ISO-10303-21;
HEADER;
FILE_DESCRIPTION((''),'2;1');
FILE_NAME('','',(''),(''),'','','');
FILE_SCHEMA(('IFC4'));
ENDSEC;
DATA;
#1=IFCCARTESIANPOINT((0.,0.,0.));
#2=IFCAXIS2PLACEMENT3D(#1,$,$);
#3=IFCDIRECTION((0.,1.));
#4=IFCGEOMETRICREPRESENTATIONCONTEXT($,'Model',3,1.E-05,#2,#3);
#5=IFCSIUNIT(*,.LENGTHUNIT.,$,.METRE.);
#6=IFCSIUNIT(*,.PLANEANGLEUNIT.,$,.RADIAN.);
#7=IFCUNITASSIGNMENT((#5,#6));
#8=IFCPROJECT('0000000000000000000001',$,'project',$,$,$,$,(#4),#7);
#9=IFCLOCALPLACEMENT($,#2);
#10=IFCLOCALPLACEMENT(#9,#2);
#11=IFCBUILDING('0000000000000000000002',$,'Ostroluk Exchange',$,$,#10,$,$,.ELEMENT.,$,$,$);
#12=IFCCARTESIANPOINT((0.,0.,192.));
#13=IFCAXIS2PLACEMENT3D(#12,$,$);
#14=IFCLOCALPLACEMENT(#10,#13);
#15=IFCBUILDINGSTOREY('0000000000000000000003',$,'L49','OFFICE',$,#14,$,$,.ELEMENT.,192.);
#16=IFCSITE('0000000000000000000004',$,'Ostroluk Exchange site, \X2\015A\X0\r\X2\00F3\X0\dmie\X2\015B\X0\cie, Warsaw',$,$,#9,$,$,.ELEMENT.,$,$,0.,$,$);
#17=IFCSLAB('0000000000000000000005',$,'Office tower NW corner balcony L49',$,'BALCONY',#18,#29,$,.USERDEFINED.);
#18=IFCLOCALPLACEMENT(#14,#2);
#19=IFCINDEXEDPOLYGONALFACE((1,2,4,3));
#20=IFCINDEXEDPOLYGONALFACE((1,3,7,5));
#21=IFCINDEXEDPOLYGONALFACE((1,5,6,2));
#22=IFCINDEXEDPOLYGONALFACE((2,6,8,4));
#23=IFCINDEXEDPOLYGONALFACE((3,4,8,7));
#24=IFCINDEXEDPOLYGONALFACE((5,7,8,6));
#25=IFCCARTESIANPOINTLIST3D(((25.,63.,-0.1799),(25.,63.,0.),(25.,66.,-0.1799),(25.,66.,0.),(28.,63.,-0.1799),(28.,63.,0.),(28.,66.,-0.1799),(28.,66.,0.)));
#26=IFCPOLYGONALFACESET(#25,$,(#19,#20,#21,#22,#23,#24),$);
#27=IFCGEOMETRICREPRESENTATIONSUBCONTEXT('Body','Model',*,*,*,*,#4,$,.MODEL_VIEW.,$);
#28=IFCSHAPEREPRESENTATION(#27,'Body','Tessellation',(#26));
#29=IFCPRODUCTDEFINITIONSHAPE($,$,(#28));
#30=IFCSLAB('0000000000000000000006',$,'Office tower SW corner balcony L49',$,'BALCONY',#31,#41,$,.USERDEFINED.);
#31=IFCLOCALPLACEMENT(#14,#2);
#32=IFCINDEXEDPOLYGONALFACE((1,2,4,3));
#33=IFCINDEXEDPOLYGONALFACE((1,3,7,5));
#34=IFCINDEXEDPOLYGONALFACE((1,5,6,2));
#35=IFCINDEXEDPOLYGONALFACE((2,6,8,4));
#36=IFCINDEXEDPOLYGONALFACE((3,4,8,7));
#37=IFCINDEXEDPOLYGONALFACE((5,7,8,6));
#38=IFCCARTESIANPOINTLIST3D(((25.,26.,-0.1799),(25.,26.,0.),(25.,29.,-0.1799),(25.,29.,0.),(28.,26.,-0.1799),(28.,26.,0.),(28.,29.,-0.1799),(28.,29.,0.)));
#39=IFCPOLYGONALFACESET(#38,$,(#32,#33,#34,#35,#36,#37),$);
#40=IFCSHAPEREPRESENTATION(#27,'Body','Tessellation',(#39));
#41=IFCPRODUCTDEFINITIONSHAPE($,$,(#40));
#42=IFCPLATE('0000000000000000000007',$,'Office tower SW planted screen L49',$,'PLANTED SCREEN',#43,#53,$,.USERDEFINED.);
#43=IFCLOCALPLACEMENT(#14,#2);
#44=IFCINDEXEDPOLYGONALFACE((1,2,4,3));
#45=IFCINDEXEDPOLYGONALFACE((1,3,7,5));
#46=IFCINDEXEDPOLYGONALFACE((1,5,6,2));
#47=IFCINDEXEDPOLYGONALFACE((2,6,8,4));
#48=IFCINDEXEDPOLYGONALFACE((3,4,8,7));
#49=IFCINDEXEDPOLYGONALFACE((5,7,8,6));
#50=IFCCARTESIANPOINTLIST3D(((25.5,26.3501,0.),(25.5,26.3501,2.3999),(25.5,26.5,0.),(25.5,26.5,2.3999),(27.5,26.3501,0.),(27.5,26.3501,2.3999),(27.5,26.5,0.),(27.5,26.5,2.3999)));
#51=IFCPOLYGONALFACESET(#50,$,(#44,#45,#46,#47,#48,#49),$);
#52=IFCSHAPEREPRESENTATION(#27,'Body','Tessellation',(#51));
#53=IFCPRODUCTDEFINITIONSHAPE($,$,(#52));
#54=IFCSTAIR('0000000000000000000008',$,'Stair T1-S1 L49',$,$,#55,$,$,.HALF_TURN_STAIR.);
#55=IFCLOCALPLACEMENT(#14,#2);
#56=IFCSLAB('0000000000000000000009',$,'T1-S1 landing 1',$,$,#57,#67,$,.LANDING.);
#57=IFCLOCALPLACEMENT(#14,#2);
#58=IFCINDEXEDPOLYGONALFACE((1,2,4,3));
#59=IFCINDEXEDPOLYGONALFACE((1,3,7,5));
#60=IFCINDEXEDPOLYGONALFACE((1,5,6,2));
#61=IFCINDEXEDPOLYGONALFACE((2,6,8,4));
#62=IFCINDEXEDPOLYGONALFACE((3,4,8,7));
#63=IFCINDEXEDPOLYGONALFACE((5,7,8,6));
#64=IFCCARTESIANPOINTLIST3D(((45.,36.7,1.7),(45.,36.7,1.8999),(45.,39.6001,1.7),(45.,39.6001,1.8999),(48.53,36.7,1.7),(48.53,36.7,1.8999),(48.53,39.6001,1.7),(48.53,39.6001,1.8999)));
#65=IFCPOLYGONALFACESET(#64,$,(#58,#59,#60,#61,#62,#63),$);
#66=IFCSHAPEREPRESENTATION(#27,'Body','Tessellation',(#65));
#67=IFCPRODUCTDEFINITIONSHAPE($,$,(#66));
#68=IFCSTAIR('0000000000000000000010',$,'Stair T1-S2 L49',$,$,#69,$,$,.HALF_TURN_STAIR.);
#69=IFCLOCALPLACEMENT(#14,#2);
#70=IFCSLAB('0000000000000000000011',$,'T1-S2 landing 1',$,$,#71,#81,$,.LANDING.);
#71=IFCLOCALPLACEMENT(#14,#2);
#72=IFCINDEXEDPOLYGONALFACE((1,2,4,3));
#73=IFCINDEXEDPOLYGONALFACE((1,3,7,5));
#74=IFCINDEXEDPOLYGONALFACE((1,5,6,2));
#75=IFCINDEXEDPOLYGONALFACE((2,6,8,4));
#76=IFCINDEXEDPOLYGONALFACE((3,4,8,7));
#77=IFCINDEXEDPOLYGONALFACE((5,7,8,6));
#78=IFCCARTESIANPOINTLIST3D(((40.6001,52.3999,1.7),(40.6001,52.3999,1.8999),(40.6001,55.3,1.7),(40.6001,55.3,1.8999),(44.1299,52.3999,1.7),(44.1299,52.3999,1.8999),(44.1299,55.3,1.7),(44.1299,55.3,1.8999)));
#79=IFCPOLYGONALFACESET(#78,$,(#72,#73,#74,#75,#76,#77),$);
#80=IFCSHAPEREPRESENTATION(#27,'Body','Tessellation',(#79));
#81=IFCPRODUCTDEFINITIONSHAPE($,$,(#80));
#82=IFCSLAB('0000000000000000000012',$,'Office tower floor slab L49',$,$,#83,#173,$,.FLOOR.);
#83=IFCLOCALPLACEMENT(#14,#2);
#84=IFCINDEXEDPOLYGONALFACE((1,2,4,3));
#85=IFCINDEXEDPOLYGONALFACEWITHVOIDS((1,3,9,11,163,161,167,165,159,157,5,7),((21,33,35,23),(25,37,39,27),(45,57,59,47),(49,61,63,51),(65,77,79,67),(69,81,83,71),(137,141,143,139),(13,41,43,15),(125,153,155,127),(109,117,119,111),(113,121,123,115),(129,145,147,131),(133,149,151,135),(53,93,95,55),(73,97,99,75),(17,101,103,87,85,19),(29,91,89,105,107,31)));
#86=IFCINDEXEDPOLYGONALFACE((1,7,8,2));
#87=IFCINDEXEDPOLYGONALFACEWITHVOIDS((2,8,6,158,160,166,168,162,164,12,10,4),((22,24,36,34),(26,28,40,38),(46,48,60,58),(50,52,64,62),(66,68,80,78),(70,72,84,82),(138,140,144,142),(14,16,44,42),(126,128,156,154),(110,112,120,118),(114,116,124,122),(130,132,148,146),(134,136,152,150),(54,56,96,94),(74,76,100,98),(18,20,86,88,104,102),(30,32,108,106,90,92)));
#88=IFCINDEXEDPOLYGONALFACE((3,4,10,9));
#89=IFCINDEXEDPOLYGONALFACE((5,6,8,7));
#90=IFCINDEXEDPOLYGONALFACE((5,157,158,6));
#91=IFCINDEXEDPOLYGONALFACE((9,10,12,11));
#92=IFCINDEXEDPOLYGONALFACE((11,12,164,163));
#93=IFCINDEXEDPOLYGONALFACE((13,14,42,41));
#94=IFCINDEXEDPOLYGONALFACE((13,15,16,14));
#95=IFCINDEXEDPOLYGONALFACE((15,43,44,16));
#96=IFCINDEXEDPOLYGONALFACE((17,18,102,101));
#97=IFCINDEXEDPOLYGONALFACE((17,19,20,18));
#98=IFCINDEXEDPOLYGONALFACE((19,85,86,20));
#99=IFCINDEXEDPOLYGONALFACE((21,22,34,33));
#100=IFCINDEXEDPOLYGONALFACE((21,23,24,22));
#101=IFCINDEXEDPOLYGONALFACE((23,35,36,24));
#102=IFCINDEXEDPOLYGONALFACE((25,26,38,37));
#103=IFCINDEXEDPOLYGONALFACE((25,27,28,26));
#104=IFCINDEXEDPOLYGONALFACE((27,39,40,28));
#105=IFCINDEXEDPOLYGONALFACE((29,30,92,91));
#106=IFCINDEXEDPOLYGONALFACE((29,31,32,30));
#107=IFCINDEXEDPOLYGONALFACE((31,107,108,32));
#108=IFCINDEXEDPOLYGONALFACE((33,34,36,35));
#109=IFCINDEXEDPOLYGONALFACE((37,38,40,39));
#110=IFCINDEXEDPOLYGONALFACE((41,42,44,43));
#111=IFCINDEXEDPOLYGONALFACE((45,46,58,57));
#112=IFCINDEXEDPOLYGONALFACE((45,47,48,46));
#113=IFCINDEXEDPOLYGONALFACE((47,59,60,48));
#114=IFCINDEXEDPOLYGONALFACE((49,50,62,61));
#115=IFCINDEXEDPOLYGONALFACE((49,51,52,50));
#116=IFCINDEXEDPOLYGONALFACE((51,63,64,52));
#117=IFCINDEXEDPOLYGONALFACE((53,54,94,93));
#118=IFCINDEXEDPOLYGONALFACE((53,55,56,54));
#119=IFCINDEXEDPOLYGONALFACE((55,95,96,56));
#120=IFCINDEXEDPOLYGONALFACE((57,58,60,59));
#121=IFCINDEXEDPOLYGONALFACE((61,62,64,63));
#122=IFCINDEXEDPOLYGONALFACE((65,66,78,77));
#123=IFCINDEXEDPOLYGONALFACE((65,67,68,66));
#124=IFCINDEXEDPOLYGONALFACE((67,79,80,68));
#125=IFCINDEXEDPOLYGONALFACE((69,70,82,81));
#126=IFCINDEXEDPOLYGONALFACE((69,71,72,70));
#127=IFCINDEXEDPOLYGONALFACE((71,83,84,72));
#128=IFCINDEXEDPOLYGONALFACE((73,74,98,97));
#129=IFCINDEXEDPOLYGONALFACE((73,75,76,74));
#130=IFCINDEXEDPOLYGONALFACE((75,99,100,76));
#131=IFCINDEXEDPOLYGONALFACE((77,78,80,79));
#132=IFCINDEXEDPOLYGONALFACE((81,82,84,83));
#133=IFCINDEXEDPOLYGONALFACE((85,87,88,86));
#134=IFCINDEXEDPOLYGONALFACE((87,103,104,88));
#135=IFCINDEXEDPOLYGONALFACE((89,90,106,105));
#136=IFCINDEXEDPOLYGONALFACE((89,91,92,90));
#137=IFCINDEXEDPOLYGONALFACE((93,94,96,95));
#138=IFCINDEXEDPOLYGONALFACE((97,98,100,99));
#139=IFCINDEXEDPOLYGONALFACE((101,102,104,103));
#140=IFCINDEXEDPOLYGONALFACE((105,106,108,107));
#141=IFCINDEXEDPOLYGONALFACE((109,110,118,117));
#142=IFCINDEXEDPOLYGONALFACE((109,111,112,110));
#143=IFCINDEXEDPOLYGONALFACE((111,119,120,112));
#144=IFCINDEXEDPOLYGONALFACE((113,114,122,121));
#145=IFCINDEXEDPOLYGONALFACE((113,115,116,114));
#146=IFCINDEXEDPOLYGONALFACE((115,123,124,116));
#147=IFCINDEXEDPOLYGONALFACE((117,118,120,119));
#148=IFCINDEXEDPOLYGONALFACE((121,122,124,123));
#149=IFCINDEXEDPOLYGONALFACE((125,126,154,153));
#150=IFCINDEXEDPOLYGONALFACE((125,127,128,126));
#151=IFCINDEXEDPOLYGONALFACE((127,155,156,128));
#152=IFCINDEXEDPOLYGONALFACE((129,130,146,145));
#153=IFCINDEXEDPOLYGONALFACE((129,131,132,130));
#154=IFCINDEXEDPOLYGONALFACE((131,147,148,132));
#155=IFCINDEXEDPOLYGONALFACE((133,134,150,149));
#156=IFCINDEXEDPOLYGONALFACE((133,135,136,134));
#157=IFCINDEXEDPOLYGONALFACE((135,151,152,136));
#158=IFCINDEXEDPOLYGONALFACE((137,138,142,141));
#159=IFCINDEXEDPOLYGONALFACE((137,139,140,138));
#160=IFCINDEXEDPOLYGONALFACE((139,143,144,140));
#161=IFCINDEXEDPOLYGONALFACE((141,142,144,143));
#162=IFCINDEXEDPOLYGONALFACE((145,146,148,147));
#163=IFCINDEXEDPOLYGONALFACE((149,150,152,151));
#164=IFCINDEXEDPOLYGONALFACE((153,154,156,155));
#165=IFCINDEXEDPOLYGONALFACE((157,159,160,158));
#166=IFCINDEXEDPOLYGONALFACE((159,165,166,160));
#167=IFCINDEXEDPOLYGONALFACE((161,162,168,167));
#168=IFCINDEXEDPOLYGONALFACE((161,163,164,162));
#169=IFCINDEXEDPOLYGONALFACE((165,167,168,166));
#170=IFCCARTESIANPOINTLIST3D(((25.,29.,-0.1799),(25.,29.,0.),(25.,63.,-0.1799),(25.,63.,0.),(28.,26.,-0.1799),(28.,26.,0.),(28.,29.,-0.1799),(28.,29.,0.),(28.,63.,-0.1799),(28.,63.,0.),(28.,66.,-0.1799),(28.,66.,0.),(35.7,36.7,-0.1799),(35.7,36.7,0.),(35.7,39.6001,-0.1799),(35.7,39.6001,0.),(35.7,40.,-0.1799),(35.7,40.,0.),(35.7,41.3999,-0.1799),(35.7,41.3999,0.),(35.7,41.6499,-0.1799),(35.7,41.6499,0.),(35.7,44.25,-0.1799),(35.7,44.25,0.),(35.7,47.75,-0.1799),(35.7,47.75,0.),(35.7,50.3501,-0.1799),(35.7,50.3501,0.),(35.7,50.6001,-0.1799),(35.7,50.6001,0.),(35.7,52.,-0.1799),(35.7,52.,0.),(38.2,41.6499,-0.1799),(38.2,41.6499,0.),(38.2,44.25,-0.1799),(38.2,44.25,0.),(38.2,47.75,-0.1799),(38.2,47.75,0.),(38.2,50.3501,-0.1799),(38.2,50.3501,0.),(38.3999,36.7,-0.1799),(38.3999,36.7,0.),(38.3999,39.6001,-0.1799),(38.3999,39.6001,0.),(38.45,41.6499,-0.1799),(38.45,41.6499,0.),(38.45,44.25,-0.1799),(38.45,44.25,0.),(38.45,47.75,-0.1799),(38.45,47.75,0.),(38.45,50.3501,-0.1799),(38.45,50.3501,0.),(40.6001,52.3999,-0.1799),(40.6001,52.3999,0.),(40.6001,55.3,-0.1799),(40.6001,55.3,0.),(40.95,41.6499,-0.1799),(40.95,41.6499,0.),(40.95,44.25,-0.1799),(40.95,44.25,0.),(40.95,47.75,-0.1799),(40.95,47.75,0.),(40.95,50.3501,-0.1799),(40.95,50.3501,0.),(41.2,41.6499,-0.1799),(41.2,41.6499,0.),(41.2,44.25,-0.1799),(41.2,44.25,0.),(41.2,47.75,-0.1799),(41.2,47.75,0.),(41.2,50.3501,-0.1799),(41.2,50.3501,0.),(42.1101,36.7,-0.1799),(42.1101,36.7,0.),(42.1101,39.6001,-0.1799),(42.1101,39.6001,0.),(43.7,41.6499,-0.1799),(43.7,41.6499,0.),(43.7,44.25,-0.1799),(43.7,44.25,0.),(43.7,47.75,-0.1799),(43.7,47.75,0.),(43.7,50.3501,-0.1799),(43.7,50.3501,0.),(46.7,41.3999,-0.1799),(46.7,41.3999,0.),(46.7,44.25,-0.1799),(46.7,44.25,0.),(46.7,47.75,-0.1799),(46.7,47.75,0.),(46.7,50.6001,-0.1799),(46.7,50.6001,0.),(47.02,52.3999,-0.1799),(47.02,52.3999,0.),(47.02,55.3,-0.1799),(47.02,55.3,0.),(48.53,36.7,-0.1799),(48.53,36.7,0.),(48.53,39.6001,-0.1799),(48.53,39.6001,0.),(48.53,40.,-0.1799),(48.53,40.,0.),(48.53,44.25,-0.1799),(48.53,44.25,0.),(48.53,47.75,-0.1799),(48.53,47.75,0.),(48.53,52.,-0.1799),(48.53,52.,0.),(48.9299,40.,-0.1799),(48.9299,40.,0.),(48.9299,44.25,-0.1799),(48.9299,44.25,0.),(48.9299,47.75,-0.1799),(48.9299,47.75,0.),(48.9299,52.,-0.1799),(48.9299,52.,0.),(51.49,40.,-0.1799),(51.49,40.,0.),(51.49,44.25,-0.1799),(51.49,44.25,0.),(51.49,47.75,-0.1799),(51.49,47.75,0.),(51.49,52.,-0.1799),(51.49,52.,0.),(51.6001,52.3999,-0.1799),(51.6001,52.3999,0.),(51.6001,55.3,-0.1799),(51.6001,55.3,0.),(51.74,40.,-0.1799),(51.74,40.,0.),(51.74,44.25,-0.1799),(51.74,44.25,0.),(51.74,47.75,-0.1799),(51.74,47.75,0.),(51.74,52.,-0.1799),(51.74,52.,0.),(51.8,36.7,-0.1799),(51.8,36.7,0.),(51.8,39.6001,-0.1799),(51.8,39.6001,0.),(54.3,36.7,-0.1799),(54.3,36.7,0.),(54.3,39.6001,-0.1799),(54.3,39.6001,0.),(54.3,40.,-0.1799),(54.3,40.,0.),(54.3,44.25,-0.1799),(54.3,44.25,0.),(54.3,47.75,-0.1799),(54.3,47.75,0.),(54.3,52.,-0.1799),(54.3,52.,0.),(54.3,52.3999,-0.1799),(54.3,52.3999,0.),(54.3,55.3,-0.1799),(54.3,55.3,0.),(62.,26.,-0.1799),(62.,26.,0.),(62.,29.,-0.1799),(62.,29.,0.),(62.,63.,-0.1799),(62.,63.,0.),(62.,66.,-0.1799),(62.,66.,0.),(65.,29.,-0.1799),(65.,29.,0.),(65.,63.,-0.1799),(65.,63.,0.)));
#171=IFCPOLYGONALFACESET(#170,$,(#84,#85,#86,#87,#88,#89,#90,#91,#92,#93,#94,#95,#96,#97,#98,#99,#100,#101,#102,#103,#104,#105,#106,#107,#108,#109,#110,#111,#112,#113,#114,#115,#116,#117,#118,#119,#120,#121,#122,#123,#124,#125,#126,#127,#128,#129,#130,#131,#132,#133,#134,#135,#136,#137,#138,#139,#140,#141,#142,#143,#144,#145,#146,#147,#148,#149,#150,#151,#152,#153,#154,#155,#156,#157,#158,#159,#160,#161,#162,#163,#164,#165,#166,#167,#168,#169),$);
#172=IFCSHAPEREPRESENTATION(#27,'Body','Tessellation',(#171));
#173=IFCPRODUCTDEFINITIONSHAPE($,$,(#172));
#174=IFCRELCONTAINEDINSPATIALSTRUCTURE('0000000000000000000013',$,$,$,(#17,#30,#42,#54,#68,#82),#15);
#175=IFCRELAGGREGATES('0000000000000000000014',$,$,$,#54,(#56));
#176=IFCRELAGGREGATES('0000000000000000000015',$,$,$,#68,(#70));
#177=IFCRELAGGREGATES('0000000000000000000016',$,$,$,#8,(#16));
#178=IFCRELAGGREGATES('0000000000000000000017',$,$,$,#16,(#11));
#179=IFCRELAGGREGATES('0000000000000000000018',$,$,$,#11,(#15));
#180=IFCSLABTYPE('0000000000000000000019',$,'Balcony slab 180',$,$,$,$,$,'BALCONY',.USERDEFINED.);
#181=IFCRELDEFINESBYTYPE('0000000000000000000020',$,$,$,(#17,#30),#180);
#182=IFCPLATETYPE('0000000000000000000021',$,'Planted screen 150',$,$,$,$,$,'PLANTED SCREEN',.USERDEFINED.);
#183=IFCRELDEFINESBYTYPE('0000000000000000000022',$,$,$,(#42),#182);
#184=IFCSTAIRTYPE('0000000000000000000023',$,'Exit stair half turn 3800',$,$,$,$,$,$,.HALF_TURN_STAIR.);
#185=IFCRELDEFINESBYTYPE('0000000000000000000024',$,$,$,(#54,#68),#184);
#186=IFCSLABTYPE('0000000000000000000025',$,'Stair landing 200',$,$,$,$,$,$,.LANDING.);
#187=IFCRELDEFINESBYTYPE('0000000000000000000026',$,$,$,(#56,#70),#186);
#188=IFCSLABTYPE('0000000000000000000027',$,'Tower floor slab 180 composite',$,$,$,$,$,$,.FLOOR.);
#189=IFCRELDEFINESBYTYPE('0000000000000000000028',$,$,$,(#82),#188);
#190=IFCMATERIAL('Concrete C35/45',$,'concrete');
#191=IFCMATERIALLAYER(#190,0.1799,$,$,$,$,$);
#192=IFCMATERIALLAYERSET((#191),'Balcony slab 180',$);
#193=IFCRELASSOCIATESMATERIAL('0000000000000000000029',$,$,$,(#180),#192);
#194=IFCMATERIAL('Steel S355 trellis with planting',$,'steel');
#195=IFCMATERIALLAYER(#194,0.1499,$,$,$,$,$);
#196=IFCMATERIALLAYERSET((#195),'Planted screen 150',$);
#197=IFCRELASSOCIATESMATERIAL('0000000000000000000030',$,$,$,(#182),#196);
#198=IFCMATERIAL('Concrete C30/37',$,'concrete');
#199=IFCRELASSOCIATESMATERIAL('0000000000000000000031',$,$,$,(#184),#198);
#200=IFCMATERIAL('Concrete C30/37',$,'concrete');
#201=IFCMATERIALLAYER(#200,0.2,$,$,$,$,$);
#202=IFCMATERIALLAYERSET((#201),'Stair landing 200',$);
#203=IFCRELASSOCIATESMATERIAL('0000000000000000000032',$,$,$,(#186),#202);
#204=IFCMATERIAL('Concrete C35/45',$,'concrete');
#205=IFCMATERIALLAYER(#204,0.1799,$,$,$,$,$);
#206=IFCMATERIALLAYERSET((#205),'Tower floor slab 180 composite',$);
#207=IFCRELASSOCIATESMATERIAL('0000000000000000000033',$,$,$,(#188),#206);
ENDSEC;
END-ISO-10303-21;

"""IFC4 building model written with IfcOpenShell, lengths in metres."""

from ifc_helpers import new_model, si_unit, direction, frame, origin, origin_2d, place, context, subcontext, project, spatial, polyline, rectangle, outline, extrude, material, layer, layer_set, type_object, element, aggregate, save


model = new_model("IFC4")

# Units and contexts
model_context = context("Model", 3, precision=1e-05, world=origin(), true_north=direction((0.0, 1.0)))
body_context = subcontext(model_context, "Body", "Model", "MODEL_VIEW")
ifc_project = project(units=[si_unit("LENGTHUNIT", "METRE"), si_unit("PLANEANGLEUNIT", "RADIAN")], contexts=[model_context])

# Site, building, storey
site_placement = place(None, origin())
site = spatial("IfcSite", under=ifc_project, at=site_placement, Name="Ostroluk Exchange site, Śródmieście, Warsaw", CompositionType="ELEMENT", RefElevation=0.0)
building_placement = place(site_placement, origin())
building = spatial("IfcBuilding", under=site, at=building_placement, Name="Ostroluk Exchange", CompositionType="ELEMENT")
storey_placement = place(building_placement, frame((0.0, 0.0, 192.0)))
storey = spatial("IfcBuildingStorey", under=building, at=storey_placement, Name="L49", Description="OFFICE", CompositionType="ELEMENT", Elevation=192.0)

# Slabs
ifc_material_1 = material(Name="Concrete C35/45", Category="concrete")
ifc_layer_1 = layer(ifc_material_1, 0.1799)
ifc_layer_set_1 = layer_set([ifc_layer_1], Name="Balcony slab 180")
slab_type_1 = type_object("IfcSlabType", Name="Balcony slab 180", ElementType="BALCONY", PredefinedType="USERDEFINED", material=ifc_layer_set_1)
slab_1_placement = place(storey_placement, frame((0.0, 0.0, -0.1799)))
element("IfcSlab", 1, at=slab_1_placement, inside=storey, type_object=slab_type_1, Name="Office tower NW corner balcony L49", ObjectType="BALCONY", PredefinedType="USERDEFINED", context=body_context, shape_type="SweptSolid", body=[
    extrude(outline(polyline([(25.0, 63.0), (28.0, 63.0), (28.0, 66.0), (25.0, 66.0), (25.0, 63.0)])), origin(), (0.0, 0.0, 1.0), 0.1799),
])
slab_2_placement = place(storey_placement, frame((0.0, 0.0, -0.1799)))
element("IfcSlab", 2, at=slab_2_placement, inside=storey, type_object=slab_type_1, Name="Office tower SW corner balcony L49", ObjectType="BALCONY", PredefinedType="USERDEFINED", context=body_context, shape_type="SweptSolid", body=[
    extrude(outline(polyline([(25.0, 26.0), (28.0, 26.0), (28.0, 29.0), (25.0, 29.0), (25.0, 26.0)])), origin(), (0.0, 0.0, 1.0), 0.1799),
])

# Plate
ifc_material_2 = material(Name="Steel S355 trellis with planting", Category="steel")
ifc_layer_2 = layer(ifc_material_2, 0.1499)
ifc_layer_set_2 = layer_set([ifc_layer_2], Name="Planted screen 150")
plate_type_1 = type_object("IfcPlateType", Name="Planted screen 150", ElementType="PLANTED SCREEN", PredefinedType="USERDEFINED", material=ifc_layer_set_2)
plate_1_placement = place(storey_placement, frame((26.5, 26.425, 0.0), z_axis=(0.0, 0.0, 1.0), x_axis=(1.0, 0.0, 0.0)))
element("IfcPlate", 3, at=plate_1_placement, inside=storey, type_object=plate_type_1, Name="Office tower SW planted screen L49", ObjectType="PLANTED SCREEN", PredefinedType="USERDEFINED", context=body_context, shape_type="SweptSolid", body=[
    extrude(rectangle(XDim=2.0, YDim=0.1499, at=origin_2d()), origin(), (0.0, 0.0, 1.0), 2.3999),
])

# Stairs, slabs
ifc_material_3 = material(Name="Concrete C30/37", Category="concrete")
stair_type = type_object("IfcStairType", Name="Exit stair half turn 3800", PredefinedType="HALF_TURN_STAIR", material=ifc_material_3)
stair_1_placement = place(storey_placement, origin())
stair_1 = element("IfcStair", 4, at=stair_1_placement, inside=storey, type_object=stair_type, Name="Stair T1-S1 L49", PredefinedType="HALF_TURN_STAIR")
ifc_material_4 = material(Name="Concrete C30/37", Category="concrete")
ifc_layer_3 = layer(ifc_material_4, 0.2)
ifc_layer_set_3 = layer_set([ifc_layer_3], Name="Stair landing 200")
slab_type_2 = type_object("IfcSlabType", Name="Stair landing 200", PredefinedType="LANDING", material=ifc_layer_set_3)
slab_3_placement = place(storey_placement, frame((0.0, 0.0, 1.7)))
slab_3 = element("IfcSlab", 5, at=slab_3_placement, type_object=slab_type_2, Name="T1-S1 landing 1", PredefinedType="LANDING", context=body_context, shape_type="SweptSolid", body=[
    extrude(outline(polyline([(45.0, 36.7), (45.0, 39.6001), (48.53, 39.6001), (48.53, 36.7), (45.0, 36.7)])), origin(), (0.0, 0.0, 1.0), 0.2),
])
aggregate(stair_1, [slab_3])
stair_2_placement = place(storey_placement, origin())
stair_2 = element("IfcStair", 6, at=stair_2_placement, inside=storey, type_object=stair_type, Name="Stair T1-S2 L49", PredefinedType="HALF_TURN_STAIR")
slab_4_placement = place(storey_placement, frame((0.0, 0.0, 1.7)))
slab_4 = element("IfcSlab", 7, at=slab_4_placement, type_object=slab_type_2, Name="T1-S2 landing 1", PredefinedType="LANDING", context=body_context, shape_type="SweptSolid", body=[
    extrude(outline(polyline([(44.1299, 52.3999), (44.1299, 55.3), (40.6001, 55.3), (40.6001, 52.3999), (44.1299, 52.3999)])), origin(), (0.0, 0.0, 1.0), 0.2),
])
aggregate(stair_2, [slab_4])

# Slab
ifc_material_5 = material(Name="Concrete C35/45", Category="concrete")
ifc_layer_4 = layer(ifc_material_5, 0.1799)
ifc_layer_set_4 = layer_set([ifc_layer_4], Name="Tower floor slab 180 composite")
slab_type_3 = type_object("IfcSlabType", Name="Tower floor slab 180 composite", PredefinedType="FLOOR", material=ifc_layer_set_4)
slab_5_placement = place(storey_placement, frame((0.0, 0.0, -0.1799)))
element("IfcSlab", 8, at=slab_5_placement, inside=storey, type_object=slab_type_3, Name="Office tower floor slab L49", PredefinedType="FLOOR", context=body_context, shape_type="SweptSolid", body=[
    extrude(outline(polyline([(28.0, 26.0), (62.0, 26.0), (62.0, 29.0), (65.0, 29.0), (65.0, 63.0), (62.0, 63.0), (62.0, 66.0), (28.0, 66.0), (28.0, 63.0), (25.0, 63.0), (25.0, 29.0), (28.0, 29.0), (28.0, 26.0)]), holes=[polyline([(35.7, 36.7), (38.3999, 36.7), (38.3999, 39.6001), (35.7, 39.6001), (35.7, 36.7)]), polyline([(42.1101, 36.7), (48.53, 36.7), (48.53, 39.6001), (42.1101, 39.6001), (42.1101, 36.7)]), polyline([(51.8, 36.7), (54.3, 36.7), (54.3, 39.6001), (51.8, 39.6001), (51.8, 36.7)]), polyline([(40.6001, 52.3999), (47.02, 52.3999), (47.02, 55.3), (40.6001, 55.3), (40.6001, 52.3999)]), polyline([(51.6001, 52.3999), (54.3, 52.3999), (54.3, 55.3), (51.6001, 55.3), (51.6001, 52.3999)]), polyline([(35.7, 47.75), (38.2, 47.75), (38.2, 50.3501), (35.7, 50.3501), (35.7, 47.75)]), polyline([(38.45, 47.75), (40.95, 47.75), (40.95, 50.3501), (38.45, 50.3501), (38.45, 47.75)]), polyline([(41.2, 47.75), (43.7, 47.75), (43.7, 50.3501), (41.2, 50.3501), (41.2, 47.75)]), polyline([(35.7, 41.6499), (38.2, 41.6499), (38.2, 44.25), (35.7, 44.25), (35.7, 41.6499)]), polyline([(38.45, 41.6499), (40.95, 41.6499), (40.95, 44.25), (38.45, 44.25), (38.45, 41.6499)]), polyline([(41.2, 41.6499), (43.7, 41.6499), (43.7, 44.25), (41.2, 44.25), (41.2, 41.6499)]), polyline([(48.9299, 47.75), (51.49, 47.75), (51.49, 52.0), (48.9299, 52.0), (48.9299, 47.75)]), polyline([(51.74, 47.75), (54.3, 47.75), (54.3, 52.0), (51.74, 52.0), (51.74, 47.75)]), polyline([(48.9299, 40.0), (51.49, 40.0), (51.49, 44.25), (48.9299, 44.25), (48.9299, 40.0)]), polyline([(51.74, 40.0), (54.3, 40.0), (54.3, 44.25), (51.74, 44.25), (51.74, 40.0)]), polyline([(48.53, 52.0), (48.53, 47.75), (46.7, 47.75), (46.7, 50.6001), (35.7, 50.6001), (35.7, 52.0), (48.53, 52.0)]), polyline([(35.7, 40.0), (35.7, 41.3999), (46.7, 41.3999), (46.7, 44.25), (48.53, 44.25), (48.53, 40.0), (35.7, 40.0)])]), origin(), (0.0, 0.0, 1.0), 0.1799),
])

save(model, "model.ifc")
